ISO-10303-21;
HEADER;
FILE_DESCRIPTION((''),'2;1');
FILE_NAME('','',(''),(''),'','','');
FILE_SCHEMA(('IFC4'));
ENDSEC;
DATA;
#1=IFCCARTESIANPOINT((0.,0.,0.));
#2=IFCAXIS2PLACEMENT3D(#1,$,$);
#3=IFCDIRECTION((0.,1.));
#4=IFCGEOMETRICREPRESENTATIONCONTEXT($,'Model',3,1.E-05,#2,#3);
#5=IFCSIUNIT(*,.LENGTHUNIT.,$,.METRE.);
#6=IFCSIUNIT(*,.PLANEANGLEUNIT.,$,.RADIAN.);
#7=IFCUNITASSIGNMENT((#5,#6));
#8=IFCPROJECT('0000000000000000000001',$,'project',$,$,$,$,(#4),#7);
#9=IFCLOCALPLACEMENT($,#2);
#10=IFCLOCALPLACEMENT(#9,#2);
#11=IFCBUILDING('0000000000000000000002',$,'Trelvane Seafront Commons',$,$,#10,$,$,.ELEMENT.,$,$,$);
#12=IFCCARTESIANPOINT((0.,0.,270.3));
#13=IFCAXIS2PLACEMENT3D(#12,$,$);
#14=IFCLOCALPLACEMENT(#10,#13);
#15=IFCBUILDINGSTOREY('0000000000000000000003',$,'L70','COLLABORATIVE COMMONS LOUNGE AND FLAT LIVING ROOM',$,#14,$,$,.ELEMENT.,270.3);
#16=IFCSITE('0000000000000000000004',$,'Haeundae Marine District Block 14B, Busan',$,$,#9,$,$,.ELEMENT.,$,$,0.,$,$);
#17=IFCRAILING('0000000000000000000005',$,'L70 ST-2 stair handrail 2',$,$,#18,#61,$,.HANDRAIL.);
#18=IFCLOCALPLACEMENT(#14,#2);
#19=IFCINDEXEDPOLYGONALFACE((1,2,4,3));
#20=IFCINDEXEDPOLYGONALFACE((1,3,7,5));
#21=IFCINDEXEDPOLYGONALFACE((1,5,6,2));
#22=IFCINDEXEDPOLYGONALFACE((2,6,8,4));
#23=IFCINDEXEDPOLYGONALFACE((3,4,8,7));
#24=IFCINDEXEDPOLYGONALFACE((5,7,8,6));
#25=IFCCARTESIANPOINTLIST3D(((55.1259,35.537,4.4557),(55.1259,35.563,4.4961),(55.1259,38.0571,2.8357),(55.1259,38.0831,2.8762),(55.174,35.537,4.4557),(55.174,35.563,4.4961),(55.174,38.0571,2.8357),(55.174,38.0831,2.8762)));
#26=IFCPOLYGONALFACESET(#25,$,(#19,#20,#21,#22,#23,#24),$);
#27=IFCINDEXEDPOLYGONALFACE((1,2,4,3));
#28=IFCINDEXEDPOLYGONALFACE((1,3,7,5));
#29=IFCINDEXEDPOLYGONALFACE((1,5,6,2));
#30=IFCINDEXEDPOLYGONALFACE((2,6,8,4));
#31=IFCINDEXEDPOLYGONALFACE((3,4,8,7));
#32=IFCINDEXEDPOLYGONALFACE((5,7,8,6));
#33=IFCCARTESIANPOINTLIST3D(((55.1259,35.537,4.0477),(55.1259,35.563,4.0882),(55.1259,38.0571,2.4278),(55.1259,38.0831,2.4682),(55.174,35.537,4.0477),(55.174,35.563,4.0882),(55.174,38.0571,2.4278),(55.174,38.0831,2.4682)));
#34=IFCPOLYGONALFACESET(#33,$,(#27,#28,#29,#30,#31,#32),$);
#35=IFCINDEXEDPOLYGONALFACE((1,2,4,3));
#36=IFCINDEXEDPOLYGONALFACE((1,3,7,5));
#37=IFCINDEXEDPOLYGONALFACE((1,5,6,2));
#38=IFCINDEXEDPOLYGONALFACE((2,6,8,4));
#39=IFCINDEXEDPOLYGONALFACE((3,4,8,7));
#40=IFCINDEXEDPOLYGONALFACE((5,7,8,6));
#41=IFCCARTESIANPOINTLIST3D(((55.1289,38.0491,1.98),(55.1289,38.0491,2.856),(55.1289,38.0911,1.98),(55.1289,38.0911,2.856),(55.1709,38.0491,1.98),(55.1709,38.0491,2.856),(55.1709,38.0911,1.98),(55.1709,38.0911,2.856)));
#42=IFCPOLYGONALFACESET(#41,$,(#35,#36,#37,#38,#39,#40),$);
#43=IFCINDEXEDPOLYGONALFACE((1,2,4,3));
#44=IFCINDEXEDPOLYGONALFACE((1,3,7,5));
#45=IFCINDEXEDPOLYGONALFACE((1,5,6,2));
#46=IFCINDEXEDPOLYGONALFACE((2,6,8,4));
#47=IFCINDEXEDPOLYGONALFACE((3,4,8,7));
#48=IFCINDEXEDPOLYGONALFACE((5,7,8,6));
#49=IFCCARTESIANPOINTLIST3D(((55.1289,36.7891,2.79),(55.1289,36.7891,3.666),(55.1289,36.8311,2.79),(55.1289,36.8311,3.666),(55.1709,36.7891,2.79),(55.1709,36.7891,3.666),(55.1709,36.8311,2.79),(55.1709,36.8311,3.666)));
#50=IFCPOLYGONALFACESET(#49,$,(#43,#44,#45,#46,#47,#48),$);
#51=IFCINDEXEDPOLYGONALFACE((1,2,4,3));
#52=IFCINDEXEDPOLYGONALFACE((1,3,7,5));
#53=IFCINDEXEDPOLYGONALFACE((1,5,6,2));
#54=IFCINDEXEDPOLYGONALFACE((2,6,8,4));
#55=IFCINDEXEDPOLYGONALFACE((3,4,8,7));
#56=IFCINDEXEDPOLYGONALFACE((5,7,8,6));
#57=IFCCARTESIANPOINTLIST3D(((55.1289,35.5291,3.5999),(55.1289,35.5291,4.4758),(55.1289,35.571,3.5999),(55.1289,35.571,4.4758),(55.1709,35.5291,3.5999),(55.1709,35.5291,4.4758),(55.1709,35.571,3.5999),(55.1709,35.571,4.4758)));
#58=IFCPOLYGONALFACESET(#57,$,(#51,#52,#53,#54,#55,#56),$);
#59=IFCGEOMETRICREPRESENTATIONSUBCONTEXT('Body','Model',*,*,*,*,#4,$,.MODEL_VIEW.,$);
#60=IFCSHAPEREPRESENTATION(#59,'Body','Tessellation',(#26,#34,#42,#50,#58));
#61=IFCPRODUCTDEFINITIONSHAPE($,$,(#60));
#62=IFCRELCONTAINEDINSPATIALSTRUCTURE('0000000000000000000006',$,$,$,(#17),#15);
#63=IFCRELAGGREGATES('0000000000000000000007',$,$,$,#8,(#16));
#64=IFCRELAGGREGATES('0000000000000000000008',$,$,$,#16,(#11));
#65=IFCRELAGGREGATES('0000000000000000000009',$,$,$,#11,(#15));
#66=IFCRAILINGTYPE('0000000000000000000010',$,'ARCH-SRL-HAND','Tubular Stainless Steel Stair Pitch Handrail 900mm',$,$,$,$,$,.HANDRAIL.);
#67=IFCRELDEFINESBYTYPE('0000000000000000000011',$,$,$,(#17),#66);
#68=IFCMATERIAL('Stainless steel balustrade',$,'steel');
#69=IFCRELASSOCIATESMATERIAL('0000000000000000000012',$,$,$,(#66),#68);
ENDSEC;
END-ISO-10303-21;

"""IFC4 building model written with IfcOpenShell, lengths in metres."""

from ifc_helpers import new_model, si_unit, direction, frame, origin, origin_2d, place, context, subcontext, project, spatial, rectangle, extrude, material, type_object, element, save


model = new_model("IFC4")

# Units and contexts
model_context = context("Model", 3, precision=1e-05, world=origin(), true_north=direction((0.0, 1.0)))
body_context = subcontext(model_context, "Body", "Model", "MODEL_VIEW")
ifc_project = project(units=[si_unit("LENGTHUNIT", "METRE"), si_unit("PLANEANGLEUNIT", "RADIAN")], contexts=[model_context])

# Site, building, storey
site_placement = place(None, origin())
site = spatial("IfcSite", under=ifc_project, at=site_placement, Name="Haeundae Marine District Block 14B, Busan", CompositionType="ELEMENT", RefElevation=0.0)
building_placement = place(site_placement, origin())
building = spatial("IfcBuilding", under=site, at=building_placement, Name="Trelvane Seafront Commons", CompositionType="ELEMENT")
storey_placement = place(building_placement, frame((0.0, 0.0, 270.3)))
storey = spatial("IfcBuildingStorey", under=building, at=storey_placement, Name="L70", Description="COLLABORATIVE COMMONS LOUNGE AND FLAT LIVING ROOM", CompositionType="ELEMENT", Elevation=270.3)

# Railing
ifc_material_1 = material(Name="Stainless steel balustrade", Category="steel")
railing_type = type_object("IfcRailingType", Name="ARCH-SRL-HAND", Description="Tubular Stainless Steel Stair Pitch Handrail 900mm", PredefinedType="HANDRAIL", material=ifc_material_1)
railing_placement = place(storey_placement, frame((55.1499, 38.0701, 1.98)))
element("IfcRailing", 1, at=railing_placement, inside=storey, type_object=railing_type, Name="L70 ST-2 stair handrail 2", PredefinedType="HANDRAIL", context=body_context, shape_type="SweptSolid", body=[
    extrude(rectangle(XDim=0.0481, YDim=0.0481, at=origin_2d()), frame((0.0, 0.0, 0.876), z_axis=(0.0, -0.8412, 0.540725), x_axis=(1.0, 0.0, 0.0)), (0.0, 0.0, 1.0), 2.9958),
    extrude(rectangle(XDim=0.0481, YDim=0.0481, at=origin_2d()), frame((0.0, 0.0, 0.468), z_axis=(0.0, -0.8412, 0.540725), x_axis=(1.0, 0.0, 0.0)), (0.0, 0.0, 1.0), 2.9958),
    extrude(rectangle(XDim=0.042, YDim=0.042, at=origin_2d()), origin(), (0.0, 0.0, 1.0), 0.876),
    extrude(rectangle(XDim=0.042, YDim=0.042, at=origin_2d()), frame((0.0, -1.26, 0.8101)), (0.0, 0.0, 1.0), 0.876),
    extrude(rectangle(XDim=0.042, YDim=0.042, at=origin_2d()), frame((0.0, -2.52, 1.6199)), (0.0, 0.0, 1.0), 0.876),
])

save(model, "model.ifc")
